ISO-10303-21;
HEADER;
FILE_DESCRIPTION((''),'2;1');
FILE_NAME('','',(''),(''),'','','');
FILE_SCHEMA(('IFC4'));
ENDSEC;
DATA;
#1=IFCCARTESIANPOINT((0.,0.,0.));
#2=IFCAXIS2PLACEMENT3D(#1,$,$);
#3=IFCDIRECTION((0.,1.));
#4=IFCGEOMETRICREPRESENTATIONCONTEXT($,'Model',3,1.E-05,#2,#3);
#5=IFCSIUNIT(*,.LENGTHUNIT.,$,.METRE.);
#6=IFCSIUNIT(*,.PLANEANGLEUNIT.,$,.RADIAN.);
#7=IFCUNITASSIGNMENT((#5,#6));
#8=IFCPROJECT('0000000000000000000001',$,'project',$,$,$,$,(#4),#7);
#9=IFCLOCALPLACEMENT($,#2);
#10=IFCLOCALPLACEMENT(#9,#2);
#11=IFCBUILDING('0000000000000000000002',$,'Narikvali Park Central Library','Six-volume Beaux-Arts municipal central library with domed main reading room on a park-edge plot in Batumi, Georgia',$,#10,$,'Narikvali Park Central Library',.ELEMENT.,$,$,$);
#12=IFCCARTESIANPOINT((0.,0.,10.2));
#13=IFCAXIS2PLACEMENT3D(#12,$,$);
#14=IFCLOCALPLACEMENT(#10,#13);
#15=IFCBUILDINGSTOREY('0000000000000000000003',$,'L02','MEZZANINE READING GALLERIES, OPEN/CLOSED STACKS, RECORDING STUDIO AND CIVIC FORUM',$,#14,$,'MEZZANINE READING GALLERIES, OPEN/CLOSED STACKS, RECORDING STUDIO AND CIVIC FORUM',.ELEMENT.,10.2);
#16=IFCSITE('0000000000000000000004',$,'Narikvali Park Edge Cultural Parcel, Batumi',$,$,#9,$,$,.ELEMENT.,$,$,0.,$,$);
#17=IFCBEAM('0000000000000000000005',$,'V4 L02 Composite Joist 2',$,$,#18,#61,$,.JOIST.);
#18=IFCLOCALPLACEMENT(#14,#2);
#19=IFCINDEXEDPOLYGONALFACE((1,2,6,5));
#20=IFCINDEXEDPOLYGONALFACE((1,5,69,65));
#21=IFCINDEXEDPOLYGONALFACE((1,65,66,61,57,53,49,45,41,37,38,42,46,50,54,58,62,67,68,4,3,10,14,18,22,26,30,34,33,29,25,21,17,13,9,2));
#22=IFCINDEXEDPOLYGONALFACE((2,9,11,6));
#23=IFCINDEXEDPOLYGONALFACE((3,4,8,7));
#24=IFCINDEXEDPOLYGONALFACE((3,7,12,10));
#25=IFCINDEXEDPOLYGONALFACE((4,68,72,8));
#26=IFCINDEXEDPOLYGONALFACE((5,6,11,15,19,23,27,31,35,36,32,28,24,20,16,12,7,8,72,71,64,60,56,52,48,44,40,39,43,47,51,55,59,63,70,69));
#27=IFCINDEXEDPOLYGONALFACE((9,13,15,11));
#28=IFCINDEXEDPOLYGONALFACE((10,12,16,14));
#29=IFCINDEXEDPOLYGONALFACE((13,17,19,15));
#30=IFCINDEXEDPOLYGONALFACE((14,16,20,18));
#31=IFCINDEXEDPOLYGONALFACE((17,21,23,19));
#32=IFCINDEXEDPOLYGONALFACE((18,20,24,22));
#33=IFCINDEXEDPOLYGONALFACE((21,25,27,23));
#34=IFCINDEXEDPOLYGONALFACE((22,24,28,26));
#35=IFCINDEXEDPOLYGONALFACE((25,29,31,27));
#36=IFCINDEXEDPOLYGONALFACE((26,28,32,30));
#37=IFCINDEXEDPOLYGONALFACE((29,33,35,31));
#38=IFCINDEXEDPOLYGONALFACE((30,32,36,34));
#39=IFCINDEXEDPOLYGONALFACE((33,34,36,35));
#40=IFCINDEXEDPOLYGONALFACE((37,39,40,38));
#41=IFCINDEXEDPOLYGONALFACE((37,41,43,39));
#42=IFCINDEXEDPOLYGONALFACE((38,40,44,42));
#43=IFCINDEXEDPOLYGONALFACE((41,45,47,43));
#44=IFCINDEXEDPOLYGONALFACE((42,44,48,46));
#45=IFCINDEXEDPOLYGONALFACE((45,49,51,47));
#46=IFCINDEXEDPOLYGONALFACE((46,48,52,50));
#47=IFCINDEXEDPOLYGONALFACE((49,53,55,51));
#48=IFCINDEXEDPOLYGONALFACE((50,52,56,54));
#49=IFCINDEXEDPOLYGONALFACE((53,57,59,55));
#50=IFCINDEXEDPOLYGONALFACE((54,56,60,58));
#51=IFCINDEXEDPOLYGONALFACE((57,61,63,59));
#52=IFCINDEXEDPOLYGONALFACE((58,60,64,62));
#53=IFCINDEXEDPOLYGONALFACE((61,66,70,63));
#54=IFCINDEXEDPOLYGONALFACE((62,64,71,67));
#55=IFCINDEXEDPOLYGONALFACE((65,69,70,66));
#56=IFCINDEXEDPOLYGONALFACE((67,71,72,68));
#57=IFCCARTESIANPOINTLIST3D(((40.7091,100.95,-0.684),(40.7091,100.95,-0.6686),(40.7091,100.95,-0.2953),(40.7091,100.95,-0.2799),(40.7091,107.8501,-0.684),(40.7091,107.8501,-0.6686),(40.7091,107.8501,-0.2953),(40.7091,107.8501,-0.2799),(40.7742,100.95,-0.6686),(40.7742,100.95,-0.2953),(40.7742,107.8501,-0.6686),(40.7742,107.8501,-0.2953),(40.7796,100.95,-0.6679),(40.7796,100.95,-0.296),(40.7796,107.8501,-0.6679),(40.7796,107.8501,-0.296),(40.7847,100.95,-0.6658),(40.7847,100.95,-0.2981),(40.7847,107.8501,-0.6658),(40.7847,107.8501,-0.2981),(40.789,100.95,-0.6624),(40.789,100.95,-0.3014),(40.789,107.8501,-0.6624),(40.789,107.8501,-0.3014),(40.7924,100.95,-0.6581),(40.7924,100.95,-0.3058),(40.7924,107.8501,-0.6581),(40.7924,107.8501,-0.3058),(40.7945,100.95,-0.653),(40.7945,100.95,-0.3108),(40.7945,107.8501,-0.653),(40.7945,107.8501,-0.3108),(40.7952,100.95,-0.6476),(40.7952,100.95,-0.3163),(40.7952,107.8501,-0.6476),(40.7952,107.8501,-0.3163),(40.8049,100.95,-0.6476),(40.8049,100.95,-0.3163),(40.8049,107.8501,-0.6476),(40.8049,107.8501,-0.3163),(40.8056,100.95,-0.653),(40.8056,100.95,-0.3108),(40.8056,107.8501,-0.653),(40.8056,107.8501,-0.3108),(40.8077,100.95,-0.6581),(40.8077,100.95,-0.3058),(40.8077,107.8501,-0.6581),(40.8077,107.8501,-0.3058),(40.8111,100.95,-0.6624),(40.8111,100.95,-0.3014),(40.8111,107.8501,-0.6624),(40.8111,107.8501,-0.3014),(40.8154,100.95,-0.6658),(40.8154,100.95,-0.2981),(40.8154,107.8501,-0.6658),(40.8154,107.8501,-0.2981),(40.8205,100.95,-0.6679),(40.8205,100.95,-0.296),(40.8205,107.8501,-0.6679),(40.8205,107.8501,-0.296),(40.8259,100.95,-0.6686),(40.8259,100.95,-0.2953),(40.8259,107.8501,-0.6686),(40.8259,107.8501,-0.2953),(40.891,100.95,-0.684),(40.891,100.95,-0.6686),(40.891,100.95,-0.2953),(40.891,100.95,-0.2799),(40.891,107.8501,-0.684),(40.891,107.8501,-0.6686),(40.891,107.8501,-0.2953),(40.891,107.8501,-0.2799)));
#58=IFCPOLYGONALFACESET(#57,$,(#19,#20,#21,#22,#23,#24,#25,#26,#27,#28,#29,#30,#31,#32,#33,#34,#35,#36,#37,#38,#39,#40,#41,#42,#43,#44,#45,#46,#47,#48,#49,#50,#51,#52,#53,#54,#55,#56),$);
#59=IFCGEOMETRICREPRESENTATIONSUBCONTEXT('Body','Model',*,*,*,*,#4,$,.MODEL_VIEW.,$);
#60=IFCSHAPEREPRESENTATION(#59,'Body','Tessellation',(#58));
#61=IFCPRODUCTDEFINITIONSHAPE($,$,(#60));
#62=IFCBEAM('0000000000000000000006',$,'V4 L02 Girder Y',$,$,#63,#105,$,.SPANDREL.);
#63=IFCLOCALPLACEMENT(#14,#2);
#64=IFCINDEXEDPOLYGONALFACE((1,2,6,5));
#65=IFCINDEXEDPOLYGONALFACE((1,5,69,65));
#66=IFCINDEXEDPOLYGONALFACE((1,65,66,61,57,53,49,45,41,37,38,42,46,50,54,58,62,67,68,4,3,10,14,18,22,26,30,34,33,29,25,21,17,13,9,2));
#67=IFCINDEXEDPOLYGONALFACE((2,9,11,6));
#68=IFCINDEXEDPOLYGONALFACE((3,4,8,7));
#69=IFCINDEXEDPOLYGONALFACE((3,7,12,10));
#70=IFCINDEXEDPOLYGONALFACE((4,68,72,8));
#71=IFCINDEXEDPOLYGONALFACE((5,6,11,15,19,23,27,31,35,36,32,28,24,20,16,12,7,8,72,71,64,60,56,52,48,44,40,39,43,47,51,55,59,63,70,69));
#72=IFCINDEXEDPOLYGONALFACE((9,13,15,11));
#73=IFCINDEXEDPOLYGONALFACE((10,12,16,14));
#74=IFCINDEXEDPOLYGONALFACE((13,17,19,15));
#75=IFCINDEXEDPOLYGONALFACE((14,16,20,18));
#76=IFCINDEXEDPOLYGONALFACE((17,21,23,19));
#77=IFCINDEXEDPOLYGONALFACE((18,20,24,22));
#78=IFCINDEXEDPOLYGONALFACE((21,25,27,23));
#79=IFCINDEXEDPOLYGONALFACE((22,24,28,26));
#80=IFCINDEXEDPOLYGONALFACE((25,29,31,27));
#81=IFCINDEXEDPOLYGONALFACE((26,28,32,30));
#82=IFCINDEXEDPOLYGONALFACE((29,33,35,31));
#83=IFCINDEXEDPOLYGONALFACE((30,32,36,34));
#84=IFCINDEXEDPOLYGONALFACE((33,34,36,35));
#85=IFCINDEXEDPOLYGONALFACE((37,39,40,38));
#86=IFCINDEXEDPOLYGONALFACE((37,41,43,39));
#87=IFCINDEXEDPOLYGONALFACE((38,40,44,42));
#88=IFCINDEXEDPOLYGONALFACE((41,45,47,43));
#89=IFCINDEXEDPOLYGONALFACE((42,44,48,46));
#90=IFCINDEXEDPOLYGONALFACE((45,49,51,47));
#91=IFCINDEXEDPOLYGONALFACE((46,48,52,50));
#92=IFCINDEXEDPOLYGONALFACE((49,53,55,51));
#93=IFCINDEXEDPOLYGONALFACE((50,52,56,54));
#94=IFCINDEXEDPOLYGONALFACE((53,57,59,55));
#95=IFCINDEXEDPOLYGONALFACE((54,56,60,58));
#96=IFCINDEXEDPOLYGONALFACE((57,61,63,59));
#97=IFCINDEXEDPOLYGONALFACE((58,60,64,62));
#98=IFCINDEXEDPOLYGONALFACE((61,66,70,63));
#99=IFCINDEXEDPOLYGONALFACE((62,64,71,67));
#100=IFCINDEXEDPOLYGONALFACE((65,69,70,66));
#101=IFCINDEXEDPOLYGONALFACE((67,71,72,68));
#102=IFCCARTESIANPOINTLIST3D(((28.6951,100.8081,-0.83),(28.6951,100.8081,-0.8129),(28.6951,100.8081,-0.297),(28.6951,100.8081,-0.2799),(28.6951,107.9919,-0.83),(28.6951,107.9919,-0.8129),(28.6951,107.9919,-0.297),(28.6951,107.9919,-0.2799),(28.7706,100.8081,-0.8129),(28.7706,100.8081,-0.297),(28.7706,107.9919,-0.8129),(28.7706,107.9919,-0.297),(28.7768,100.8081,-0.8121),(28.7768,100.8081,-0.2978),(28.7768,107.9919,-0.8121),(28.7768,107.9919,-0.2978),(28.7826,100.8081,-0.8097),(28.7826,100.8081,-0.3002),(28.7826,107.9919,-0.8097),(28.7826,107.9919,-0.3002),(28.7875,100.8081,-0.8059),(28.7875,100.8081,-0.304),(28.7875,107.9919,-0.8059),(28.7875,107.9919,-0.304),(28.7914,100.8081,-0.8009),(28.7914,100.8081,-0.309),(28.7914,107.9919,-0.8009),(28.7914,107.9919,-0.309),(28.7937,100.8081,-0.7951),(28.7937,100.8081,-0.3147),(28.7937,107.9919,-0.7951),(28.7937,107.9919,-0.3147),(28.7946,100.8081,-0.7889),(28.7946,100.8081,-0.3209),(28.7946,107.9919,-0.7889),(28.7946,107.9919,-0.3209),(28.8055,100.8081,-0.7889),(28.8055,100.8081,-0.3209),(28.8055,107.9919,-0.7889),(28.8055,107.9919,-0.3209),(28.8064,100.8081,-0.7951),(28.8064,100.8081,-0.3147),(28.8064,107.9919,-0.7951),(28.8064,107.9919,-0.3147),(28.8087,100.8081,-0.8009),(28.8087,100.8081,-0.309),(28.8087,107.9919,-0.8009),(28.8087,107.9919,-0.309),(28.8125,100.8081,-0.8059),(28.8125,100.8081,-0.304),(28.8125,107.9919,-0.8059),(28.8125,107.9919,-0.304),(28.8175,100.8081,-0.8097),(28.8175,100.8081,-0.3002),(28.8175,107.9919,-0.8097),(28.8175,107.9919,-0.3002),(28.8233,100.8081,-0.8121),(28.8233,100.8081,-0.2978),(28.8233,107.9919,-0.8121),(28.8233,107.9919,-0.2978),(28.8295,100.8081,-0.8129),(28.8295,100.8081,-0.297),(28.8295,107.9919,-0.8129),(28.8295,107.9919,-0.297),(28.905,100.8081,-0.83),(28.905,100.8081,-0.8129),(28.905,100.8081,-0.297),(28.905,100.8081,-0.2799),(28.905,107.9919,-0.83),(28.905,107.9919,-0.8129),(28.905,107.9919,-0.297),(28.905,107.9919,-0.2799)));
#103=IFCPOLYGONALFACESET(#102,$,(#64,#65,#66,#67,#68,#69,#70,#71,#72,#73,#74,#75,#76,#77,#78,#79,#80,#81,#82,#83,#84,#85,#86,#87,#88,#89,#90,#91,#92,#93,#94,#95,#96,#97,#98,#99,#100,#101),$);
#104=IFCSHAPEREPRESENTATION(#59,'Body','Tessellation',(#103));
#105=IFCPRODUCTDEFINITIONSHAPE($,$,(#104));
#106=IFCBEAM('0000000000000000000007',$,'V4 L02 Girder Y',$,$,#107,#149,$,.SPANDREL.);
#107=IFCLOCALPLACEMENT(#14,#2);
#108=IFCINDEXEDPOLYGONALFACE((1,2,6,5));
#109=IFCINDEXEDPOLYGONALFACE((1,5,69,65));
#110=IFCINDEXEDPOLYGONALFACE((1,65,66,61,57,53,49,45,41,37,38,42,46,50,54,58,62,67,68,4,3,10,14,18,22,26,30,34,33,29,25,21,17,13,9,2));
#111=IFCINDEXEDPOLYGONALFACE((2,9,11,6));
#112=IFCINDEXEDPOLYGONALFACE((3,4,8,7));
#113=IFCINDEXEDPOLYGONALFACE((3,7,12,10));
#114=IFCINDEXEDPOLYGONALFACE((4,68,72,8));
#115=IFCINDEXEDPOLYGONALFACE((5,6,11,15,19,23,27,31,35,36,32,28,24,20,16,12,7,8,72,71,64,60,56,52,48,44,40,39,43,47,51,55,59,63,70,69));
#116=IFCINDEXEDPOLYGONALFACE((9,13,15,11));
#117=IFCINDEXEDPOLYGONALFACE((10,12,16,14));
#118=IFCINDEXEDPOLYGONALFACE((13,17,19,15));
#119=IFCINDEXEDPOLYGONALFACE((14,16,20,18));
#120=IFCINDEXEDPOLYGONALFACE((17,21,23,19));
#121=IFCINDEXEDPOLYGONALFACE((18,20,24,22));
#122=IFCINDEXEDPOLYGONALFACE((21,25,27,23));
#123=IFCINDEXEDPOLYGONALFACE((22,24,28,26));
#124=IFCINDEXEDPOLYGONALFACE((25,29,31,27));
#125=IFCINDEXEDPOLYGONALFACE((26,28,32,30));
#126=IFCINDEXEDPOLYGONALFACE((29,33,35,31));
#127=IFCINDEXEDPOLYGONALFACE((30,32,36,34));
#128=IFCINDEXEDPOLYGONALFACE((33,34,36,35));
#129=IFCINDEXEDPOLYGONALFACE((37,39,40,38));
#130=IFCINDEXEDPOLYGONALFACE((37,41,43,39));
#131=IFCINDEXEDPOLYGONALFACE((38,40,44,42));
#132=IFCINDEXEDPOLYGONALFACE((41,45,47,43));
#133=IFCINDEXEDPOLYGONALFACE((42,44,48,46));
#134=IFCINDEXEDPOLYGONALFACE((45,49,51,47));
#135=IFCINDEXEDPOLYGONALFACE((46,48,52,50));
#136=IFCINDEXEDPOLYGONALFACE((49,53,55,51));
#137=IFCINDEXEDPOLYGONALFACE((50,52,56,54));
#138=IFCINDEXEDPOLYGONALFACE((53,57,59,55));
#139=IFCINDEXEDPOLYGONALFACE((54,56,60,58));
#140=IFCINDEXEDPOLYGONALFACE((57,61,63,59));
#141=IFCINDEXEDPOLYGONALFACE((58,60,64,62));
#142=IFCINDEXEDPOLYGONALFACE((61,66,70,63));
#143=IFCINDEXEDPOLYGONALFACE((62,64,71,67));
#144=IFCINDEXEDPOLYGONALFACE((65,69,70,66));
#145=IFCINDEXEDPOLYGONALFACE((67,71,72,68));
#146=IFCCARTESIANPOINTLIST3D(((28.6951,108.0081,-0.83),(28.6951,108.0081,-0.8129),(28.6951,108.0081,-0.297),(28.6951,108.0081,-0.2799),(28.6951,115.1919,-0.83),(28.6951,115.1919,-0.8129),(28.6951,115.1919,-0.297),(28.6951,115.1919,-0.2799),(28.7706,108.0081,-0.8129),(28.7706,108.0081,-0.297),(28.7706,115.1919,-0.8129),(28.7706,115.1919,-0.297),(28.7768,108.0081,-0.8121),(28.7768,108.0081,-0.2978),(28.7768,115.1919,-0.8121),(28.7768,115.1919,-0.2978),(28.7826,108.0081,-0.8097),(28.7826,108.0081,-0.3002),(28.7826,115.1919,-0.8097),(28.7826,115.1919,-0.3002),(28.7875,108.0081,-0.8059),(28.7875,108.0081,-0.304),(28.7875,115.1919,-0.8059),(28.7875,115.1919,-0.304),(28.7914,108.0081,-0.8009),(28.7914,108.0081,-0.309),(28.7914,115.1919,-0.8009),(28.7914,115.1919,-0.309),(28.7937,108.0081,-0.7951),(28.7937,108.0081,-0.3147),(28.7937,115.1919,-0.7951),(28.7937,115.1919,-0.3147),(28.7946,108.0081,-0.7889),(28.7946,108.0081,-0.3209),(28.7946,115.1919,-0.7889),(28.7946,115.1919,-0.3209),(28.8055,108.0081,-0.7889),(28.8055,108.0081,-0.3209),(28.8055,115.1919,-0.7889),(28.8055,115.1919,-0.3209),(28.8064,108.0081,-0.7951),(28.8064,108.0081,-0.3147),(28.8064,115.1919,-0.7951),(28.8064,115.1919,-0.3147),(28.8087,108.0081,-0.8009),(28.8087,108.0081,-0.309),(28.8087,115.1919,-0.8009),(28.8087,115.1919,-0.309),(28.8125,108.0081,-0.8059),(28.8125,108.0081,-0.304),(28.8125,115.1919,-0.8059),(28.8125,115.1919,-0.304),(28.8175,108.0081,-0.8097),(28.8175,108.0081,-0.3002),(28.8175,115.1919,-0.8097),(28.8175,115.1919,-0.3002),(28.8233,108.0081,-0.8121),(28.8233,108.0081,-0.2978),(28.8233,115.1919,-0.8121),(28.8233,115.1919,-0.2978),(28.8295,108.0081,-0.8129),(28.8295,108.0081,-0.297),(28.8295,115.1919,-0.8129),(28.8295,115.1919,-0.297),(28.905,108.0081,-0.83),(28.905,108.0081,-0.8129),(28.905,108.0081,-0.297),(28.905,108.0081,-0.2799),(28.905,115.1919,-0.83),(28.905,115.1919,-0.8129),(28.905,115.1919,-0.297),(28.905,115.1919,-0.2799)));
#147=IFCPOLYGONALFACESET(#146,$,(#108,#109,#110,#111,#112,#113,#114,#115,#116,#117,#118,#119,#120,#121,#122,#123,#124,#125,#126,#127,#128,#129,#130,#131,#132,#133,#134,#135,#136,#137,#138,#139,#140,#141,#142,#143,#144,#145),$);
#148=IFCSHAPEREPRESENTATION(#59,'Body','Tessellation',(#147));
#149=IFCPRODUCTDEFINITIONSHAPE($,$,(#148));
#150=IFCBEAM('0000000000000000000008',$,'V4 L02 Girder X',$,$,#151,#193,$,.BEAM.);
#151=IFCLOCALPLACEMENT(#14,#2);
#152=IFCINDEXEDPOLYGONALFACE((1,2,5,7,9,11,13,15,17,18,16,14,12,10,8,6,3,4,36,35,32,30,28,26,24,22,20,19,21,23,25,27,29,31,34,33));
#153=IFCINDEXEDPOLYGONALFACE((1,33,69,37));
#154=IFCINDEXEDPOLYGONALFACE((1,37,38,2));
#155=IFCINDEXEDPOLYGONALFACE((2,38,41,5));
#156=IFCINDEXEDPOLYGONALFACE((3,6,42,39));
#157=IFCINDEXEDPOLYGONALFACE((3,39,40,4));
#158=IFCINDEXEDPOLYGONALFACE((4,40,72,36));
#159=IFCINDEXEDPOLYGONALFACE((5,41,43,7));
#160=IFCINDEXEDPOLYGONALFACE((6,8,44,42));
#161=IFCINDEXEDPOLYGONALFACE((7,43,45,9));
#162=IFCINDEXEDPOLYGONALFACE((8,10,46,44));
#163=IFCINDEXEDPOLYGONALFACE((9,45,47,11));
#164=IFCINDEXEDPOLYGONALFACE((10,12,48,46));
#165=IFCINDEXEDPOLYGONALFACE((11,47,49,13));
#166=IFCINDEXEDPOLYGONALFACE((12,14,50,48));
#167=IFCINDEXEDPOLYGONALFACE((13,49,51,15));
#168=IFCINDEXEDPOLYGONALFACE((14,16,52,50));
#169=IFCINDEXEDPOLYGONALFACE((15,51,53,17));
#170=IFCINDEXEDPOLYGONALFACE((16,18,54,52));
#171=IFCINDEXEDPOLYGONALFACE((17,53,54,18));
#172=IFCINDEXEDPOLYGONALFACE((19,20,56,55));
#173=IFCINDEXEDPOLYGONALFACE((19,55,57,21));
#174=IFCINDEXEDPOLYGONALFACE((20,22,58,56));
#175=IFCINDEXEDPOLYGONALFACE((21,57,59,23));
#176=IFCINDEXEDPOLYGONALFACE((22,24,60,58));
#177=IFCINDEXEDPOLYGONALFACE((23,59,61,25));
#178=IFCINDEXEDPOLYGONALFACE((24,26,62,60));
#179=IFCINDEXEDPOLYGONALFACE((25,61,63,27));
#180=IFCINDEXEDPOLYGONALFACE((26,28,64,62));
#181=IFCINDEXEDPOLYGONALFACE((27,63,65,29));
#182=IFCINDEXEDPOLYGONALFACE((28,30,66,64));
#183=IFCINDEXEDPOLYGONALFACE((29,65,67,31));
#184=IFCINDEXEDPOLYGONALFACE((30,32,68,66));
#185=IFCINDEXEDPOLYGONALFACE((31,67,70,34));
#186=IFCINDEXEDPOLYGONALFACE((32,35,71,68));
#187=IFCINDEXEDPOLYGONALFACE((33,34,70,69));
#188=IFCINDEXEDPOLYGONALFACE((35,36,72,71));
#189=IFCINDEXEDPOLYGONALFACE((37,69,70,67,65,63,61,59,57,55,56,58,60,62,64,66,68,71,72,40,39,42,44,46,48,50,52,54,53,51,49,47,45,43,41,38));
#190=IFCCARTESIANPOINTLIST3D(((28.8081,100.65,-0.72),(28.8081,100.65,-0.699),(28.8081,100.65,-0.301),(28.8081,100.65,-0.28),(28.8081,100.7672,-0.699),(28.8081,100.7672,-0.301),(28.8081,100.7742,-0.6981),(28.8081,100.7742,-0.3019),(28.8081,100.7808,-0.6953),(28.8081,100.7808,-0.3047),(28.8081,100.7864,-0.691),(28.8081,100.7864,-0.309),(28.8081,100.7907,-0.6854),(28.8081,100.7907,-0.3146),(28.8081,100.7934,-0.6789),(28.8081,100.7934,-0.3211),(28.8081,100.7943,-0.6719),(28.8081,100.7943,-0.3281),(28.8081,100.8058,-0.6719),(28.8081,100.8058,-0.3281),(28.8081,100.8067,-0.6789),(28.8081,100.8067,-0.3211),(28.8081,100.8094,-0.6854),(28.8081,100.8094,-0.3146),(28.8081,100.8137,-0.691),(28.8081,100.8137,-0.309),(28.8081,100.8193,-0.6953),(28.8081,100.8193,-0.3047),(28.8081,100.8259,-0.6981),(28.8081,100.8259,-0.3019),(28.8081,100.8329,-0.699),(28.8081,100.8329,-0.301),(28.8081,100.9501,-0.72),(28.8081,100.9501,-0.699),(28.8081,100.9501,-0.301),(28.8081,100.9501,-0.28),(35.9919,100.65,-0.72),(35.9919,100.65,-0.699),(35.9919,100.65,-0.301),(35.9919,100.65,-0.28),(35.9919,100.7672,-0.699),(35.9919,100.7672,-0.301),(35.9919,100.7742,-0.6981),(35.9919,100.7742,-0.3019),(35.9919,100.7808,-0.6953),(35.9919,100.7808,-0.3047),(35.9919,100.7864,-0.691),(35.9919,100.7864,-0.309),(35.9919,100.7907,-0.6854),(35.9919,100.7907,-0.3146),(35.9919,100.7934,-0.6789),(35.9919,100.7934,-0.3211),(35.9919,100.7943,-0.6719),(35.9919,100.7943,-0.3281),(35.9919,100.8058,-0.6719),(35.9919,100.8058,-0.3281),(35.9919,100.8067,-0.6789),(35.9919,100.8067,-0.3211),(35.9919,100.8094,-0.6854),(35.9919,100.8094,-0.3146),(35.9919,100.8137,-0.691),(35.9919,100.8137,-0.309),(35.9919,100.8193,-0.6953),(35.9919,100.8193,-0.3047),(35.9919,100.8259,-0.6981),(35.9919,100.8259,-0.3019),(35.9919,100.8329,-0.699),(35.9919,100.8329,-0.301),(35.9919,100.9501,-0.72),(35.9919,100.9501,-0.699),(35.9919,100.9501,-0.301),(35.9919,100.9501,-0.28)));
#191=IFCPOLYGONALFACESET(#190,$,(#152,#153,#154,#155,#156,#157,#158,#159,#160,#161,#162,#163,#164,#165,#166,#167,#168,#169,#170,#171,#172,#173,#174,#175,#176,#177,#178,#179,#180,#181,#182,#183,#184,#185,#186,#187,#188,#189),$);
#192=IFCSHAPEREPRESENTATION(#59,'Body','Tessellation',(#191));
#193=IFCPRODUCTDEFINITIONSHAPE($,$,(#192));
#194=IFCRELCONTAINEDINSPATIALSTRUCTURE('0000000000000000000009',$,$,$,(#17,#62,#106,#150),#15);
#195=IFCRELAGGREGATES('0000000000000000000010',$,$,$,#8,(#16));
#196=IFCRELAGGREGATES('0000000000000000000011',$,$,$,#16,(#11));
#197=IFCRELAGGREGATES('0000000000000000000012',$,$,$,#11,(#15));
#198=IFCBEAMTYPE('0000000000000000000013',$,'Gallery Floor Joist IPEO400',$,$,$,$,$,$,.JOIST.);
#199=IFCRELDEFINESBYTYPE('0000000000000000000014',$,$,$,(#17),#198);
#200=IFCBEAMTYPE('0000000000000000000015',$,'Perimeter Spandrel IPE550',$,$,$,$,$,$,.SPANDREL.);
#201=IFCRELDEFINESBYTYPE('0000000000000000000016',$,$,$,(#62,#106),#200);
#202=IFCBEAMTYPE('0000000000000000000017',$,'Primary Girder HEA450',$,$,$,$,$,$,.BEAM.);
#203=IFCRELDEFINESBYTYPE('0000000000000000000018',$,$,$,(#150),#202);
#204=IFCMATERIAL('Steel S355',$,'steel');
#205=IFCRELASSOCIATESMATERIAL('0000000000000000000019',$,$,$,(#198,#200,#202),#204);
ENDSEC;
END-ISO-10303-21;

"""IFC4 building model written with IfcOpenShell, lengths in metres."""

from ifc_helpers import new_model, si_unit, direction, frame, origin, origin_2d, place, context, subcontext, project, spatial, i_section, extrude, material, material_profile, profile_set, type_object, element, save


model = new_model("IFC4")

# Units and contexts
model_context = context("Model", 3, precision=1e-05, world=origin(), true_north=direction((0.0, 1.0)))
body_context = subcontext(model_context, "Body", "Model", "MODEL_VIEW")
ifc_project = project(units=[si_unit("LENGTHUNIT", "METRE"), si_unit("PLANEANGLEUNIT", "RADIAN")], contexts=[model_context])

# Site, building, storey
site_placement = place(None, origin())
site = spatial("IfcSite", under=ifc_project, at=site_placement, Name="Narikvali Park Edge Cultural Parcel, Batumi", CompositionType="ELEMENT", RefElevation=0.0)
building_placement = place(site_placement, origin())
building = spatial("IfcBuilding", under=site, at=building_placement, Name="Narikvali Park Central Library", Description="Six-volume Beaux-Arts municipal central library with domed main reading room on a park-edge plot in Batumi, Georgia", LongName="Narikvali Park Central Library", CompositionType="ELEMENT")
storey_placement = place(building_placement, frame((0.0, 0.0, 10.2)))
storey = spatial("IfcBuildingStorey", under=building, at=storey_placement, Name="L02", Description="MEZZANINE READING GALLERIES, OPEN/CLOSED STACKS, RECORDING STUDIO AND CIVIC FORUM", LongName="MEZZANINE READING GALLERIES, OPEN/CLOSED STACKS, RECORDING STUDIO AND CIVIC FORUM", CompositionType="ELEMENT", Elevation=10.2)

# Shared definitions
ifc_material_1 = material(Name="Steel S355", Category="steel")

# Beams
ifc_material_profile_1 = material_profile(ifc_material_1, i_section(OverallWidth=0.1819, OverallDepth=0.4041, WebThickness=0.0098, FlangeThickness=0.0154, FilletRadius=0.021, at=origin_2d()), Name="IPEO 400")
ifc_profile_set_1 = profile_set([ifc_material_profile_1], Name="Steel S355")
beam_type_1 = type_object("IfcBeamType", Name="Gallery Floor Joist IPEO400", PredefinedType="JOIST", material=ifc_profile_set_1)
for number, where, z_axis, x_axis, name in (
    (1, (40.8, 100.95, -0.4819), (0.0, 1.0, 0.0), (-1.0, 0.0, 0.0), "V4 L02 Composite Joist 2"),
):
    element("IfcBeam", number, at=place(storey_placement, frame(where, z_axis=z_axis, x_axis=x_axis)), inside=storey, type_object=beam_type_1, Name=name, PredefinedType="JOIST", context=body_context, shape_type="SweptSolid", body=[
        extrude(i_section(OverallWidth=0.1819, OverallDepth=0.4041, WebThickness=0.0098, FlangeThickness=0.0154, FilletRadius=0.021, at=origin_2d()), origin(), (0.0, 0.0, 1.0), 6.9001),
    ])
ifc_material_profile_2 = material_profile(ifc_material_1, i_section(OverallWidth=0.21, OverallDepth=0.55, WebThickness=0.011, FlangeThickness=0.0171, FilletRadius=0.0239, at=origin_2d()), Name="IPE 550")
ifc_profile_set_2 = profile_set([ifc_material_profile_2], Name="Steel S355")
beam_type_2 = type_object("IfcBeamType", Name="Perimeter Spandrel IPE550", PredefinedType="SPANDREL", material=ifc_profile_set_2)
for number, where, z_axis, x_axis, name in (
    (2, (28.8, 100.8081, -0.5549), (0.0, 1.0, 0.0), (-1.0, 0.0, 0.0), "V4 L02 Girder Y"),
    (3, (28.8, 108.0081, -0.5549), (0.0, 1.0, 0.0), (-1.0, 0.0, 0.0), "V4 L02 Girder Y"),
):
    element("IfcBeam", number, at=place(storey_placement, frame(where, z_axis=z_axis, x_axis=x_axis)), inside=storey, type_object=beam_type_2, Name=name, PredefinedType="SPANDREL", context=body_context, shape_type="SweptSolid", body=[
        extrude(i_section(OverallWidth=0.21, OverallDepth=0.55, WebThickness=0.011, FlangeThickness=0.0171, FilletRadius=0.0239, at=origin_2d()), origin(), (0.0, 0.0, 1.0), 7.1838),
    ])
ifc_material_profile_3 = material_profile(ifc_material_1, i_section(OverallWidth=0.3, OverallDepth=0.4399, WebThickness=0.0115, FlangeThickness=0.021, FilletRadius=0.0271, at=origin_2d()), Name="HEA 450")
ifc_profile_set_3 = profile_set([ifc_material_profile_3], Name="Steel S355")
beam_type_3 = type_object("IfcBeamType", Name="Primary Girder HEA450", PredefinedType="BEAM", material=ifc_profile_set_3)
for number, where, z_axis, x_axis, name in (
    (4, (28.8081, 100.8, -0.5), (1.0, 0.0, 0.0), (0.0, 1.0, 0.0), "V4 L02 Girder X"),
):
    element("IfcBeam", number, at=place(storey_placement, frame(where, z_axis=z_axis, x_axis=x_axis)), inside=storey, type_object=beam_type_3, Name=name, PredefinedType="BEAM", context=body_context, shape_type="SweptSolid", body=[
        extrude(i_section(OverallWidth=0.3, OverallDepth=0.4399, WebThickness=0.0115, FlangeThickness=0.021, FilletRadius=0.0271, at=origin_2d()), origin(), (0.0, 0.0, 1.0), 7.1838),
    ])

save(model, "model.ifc")
